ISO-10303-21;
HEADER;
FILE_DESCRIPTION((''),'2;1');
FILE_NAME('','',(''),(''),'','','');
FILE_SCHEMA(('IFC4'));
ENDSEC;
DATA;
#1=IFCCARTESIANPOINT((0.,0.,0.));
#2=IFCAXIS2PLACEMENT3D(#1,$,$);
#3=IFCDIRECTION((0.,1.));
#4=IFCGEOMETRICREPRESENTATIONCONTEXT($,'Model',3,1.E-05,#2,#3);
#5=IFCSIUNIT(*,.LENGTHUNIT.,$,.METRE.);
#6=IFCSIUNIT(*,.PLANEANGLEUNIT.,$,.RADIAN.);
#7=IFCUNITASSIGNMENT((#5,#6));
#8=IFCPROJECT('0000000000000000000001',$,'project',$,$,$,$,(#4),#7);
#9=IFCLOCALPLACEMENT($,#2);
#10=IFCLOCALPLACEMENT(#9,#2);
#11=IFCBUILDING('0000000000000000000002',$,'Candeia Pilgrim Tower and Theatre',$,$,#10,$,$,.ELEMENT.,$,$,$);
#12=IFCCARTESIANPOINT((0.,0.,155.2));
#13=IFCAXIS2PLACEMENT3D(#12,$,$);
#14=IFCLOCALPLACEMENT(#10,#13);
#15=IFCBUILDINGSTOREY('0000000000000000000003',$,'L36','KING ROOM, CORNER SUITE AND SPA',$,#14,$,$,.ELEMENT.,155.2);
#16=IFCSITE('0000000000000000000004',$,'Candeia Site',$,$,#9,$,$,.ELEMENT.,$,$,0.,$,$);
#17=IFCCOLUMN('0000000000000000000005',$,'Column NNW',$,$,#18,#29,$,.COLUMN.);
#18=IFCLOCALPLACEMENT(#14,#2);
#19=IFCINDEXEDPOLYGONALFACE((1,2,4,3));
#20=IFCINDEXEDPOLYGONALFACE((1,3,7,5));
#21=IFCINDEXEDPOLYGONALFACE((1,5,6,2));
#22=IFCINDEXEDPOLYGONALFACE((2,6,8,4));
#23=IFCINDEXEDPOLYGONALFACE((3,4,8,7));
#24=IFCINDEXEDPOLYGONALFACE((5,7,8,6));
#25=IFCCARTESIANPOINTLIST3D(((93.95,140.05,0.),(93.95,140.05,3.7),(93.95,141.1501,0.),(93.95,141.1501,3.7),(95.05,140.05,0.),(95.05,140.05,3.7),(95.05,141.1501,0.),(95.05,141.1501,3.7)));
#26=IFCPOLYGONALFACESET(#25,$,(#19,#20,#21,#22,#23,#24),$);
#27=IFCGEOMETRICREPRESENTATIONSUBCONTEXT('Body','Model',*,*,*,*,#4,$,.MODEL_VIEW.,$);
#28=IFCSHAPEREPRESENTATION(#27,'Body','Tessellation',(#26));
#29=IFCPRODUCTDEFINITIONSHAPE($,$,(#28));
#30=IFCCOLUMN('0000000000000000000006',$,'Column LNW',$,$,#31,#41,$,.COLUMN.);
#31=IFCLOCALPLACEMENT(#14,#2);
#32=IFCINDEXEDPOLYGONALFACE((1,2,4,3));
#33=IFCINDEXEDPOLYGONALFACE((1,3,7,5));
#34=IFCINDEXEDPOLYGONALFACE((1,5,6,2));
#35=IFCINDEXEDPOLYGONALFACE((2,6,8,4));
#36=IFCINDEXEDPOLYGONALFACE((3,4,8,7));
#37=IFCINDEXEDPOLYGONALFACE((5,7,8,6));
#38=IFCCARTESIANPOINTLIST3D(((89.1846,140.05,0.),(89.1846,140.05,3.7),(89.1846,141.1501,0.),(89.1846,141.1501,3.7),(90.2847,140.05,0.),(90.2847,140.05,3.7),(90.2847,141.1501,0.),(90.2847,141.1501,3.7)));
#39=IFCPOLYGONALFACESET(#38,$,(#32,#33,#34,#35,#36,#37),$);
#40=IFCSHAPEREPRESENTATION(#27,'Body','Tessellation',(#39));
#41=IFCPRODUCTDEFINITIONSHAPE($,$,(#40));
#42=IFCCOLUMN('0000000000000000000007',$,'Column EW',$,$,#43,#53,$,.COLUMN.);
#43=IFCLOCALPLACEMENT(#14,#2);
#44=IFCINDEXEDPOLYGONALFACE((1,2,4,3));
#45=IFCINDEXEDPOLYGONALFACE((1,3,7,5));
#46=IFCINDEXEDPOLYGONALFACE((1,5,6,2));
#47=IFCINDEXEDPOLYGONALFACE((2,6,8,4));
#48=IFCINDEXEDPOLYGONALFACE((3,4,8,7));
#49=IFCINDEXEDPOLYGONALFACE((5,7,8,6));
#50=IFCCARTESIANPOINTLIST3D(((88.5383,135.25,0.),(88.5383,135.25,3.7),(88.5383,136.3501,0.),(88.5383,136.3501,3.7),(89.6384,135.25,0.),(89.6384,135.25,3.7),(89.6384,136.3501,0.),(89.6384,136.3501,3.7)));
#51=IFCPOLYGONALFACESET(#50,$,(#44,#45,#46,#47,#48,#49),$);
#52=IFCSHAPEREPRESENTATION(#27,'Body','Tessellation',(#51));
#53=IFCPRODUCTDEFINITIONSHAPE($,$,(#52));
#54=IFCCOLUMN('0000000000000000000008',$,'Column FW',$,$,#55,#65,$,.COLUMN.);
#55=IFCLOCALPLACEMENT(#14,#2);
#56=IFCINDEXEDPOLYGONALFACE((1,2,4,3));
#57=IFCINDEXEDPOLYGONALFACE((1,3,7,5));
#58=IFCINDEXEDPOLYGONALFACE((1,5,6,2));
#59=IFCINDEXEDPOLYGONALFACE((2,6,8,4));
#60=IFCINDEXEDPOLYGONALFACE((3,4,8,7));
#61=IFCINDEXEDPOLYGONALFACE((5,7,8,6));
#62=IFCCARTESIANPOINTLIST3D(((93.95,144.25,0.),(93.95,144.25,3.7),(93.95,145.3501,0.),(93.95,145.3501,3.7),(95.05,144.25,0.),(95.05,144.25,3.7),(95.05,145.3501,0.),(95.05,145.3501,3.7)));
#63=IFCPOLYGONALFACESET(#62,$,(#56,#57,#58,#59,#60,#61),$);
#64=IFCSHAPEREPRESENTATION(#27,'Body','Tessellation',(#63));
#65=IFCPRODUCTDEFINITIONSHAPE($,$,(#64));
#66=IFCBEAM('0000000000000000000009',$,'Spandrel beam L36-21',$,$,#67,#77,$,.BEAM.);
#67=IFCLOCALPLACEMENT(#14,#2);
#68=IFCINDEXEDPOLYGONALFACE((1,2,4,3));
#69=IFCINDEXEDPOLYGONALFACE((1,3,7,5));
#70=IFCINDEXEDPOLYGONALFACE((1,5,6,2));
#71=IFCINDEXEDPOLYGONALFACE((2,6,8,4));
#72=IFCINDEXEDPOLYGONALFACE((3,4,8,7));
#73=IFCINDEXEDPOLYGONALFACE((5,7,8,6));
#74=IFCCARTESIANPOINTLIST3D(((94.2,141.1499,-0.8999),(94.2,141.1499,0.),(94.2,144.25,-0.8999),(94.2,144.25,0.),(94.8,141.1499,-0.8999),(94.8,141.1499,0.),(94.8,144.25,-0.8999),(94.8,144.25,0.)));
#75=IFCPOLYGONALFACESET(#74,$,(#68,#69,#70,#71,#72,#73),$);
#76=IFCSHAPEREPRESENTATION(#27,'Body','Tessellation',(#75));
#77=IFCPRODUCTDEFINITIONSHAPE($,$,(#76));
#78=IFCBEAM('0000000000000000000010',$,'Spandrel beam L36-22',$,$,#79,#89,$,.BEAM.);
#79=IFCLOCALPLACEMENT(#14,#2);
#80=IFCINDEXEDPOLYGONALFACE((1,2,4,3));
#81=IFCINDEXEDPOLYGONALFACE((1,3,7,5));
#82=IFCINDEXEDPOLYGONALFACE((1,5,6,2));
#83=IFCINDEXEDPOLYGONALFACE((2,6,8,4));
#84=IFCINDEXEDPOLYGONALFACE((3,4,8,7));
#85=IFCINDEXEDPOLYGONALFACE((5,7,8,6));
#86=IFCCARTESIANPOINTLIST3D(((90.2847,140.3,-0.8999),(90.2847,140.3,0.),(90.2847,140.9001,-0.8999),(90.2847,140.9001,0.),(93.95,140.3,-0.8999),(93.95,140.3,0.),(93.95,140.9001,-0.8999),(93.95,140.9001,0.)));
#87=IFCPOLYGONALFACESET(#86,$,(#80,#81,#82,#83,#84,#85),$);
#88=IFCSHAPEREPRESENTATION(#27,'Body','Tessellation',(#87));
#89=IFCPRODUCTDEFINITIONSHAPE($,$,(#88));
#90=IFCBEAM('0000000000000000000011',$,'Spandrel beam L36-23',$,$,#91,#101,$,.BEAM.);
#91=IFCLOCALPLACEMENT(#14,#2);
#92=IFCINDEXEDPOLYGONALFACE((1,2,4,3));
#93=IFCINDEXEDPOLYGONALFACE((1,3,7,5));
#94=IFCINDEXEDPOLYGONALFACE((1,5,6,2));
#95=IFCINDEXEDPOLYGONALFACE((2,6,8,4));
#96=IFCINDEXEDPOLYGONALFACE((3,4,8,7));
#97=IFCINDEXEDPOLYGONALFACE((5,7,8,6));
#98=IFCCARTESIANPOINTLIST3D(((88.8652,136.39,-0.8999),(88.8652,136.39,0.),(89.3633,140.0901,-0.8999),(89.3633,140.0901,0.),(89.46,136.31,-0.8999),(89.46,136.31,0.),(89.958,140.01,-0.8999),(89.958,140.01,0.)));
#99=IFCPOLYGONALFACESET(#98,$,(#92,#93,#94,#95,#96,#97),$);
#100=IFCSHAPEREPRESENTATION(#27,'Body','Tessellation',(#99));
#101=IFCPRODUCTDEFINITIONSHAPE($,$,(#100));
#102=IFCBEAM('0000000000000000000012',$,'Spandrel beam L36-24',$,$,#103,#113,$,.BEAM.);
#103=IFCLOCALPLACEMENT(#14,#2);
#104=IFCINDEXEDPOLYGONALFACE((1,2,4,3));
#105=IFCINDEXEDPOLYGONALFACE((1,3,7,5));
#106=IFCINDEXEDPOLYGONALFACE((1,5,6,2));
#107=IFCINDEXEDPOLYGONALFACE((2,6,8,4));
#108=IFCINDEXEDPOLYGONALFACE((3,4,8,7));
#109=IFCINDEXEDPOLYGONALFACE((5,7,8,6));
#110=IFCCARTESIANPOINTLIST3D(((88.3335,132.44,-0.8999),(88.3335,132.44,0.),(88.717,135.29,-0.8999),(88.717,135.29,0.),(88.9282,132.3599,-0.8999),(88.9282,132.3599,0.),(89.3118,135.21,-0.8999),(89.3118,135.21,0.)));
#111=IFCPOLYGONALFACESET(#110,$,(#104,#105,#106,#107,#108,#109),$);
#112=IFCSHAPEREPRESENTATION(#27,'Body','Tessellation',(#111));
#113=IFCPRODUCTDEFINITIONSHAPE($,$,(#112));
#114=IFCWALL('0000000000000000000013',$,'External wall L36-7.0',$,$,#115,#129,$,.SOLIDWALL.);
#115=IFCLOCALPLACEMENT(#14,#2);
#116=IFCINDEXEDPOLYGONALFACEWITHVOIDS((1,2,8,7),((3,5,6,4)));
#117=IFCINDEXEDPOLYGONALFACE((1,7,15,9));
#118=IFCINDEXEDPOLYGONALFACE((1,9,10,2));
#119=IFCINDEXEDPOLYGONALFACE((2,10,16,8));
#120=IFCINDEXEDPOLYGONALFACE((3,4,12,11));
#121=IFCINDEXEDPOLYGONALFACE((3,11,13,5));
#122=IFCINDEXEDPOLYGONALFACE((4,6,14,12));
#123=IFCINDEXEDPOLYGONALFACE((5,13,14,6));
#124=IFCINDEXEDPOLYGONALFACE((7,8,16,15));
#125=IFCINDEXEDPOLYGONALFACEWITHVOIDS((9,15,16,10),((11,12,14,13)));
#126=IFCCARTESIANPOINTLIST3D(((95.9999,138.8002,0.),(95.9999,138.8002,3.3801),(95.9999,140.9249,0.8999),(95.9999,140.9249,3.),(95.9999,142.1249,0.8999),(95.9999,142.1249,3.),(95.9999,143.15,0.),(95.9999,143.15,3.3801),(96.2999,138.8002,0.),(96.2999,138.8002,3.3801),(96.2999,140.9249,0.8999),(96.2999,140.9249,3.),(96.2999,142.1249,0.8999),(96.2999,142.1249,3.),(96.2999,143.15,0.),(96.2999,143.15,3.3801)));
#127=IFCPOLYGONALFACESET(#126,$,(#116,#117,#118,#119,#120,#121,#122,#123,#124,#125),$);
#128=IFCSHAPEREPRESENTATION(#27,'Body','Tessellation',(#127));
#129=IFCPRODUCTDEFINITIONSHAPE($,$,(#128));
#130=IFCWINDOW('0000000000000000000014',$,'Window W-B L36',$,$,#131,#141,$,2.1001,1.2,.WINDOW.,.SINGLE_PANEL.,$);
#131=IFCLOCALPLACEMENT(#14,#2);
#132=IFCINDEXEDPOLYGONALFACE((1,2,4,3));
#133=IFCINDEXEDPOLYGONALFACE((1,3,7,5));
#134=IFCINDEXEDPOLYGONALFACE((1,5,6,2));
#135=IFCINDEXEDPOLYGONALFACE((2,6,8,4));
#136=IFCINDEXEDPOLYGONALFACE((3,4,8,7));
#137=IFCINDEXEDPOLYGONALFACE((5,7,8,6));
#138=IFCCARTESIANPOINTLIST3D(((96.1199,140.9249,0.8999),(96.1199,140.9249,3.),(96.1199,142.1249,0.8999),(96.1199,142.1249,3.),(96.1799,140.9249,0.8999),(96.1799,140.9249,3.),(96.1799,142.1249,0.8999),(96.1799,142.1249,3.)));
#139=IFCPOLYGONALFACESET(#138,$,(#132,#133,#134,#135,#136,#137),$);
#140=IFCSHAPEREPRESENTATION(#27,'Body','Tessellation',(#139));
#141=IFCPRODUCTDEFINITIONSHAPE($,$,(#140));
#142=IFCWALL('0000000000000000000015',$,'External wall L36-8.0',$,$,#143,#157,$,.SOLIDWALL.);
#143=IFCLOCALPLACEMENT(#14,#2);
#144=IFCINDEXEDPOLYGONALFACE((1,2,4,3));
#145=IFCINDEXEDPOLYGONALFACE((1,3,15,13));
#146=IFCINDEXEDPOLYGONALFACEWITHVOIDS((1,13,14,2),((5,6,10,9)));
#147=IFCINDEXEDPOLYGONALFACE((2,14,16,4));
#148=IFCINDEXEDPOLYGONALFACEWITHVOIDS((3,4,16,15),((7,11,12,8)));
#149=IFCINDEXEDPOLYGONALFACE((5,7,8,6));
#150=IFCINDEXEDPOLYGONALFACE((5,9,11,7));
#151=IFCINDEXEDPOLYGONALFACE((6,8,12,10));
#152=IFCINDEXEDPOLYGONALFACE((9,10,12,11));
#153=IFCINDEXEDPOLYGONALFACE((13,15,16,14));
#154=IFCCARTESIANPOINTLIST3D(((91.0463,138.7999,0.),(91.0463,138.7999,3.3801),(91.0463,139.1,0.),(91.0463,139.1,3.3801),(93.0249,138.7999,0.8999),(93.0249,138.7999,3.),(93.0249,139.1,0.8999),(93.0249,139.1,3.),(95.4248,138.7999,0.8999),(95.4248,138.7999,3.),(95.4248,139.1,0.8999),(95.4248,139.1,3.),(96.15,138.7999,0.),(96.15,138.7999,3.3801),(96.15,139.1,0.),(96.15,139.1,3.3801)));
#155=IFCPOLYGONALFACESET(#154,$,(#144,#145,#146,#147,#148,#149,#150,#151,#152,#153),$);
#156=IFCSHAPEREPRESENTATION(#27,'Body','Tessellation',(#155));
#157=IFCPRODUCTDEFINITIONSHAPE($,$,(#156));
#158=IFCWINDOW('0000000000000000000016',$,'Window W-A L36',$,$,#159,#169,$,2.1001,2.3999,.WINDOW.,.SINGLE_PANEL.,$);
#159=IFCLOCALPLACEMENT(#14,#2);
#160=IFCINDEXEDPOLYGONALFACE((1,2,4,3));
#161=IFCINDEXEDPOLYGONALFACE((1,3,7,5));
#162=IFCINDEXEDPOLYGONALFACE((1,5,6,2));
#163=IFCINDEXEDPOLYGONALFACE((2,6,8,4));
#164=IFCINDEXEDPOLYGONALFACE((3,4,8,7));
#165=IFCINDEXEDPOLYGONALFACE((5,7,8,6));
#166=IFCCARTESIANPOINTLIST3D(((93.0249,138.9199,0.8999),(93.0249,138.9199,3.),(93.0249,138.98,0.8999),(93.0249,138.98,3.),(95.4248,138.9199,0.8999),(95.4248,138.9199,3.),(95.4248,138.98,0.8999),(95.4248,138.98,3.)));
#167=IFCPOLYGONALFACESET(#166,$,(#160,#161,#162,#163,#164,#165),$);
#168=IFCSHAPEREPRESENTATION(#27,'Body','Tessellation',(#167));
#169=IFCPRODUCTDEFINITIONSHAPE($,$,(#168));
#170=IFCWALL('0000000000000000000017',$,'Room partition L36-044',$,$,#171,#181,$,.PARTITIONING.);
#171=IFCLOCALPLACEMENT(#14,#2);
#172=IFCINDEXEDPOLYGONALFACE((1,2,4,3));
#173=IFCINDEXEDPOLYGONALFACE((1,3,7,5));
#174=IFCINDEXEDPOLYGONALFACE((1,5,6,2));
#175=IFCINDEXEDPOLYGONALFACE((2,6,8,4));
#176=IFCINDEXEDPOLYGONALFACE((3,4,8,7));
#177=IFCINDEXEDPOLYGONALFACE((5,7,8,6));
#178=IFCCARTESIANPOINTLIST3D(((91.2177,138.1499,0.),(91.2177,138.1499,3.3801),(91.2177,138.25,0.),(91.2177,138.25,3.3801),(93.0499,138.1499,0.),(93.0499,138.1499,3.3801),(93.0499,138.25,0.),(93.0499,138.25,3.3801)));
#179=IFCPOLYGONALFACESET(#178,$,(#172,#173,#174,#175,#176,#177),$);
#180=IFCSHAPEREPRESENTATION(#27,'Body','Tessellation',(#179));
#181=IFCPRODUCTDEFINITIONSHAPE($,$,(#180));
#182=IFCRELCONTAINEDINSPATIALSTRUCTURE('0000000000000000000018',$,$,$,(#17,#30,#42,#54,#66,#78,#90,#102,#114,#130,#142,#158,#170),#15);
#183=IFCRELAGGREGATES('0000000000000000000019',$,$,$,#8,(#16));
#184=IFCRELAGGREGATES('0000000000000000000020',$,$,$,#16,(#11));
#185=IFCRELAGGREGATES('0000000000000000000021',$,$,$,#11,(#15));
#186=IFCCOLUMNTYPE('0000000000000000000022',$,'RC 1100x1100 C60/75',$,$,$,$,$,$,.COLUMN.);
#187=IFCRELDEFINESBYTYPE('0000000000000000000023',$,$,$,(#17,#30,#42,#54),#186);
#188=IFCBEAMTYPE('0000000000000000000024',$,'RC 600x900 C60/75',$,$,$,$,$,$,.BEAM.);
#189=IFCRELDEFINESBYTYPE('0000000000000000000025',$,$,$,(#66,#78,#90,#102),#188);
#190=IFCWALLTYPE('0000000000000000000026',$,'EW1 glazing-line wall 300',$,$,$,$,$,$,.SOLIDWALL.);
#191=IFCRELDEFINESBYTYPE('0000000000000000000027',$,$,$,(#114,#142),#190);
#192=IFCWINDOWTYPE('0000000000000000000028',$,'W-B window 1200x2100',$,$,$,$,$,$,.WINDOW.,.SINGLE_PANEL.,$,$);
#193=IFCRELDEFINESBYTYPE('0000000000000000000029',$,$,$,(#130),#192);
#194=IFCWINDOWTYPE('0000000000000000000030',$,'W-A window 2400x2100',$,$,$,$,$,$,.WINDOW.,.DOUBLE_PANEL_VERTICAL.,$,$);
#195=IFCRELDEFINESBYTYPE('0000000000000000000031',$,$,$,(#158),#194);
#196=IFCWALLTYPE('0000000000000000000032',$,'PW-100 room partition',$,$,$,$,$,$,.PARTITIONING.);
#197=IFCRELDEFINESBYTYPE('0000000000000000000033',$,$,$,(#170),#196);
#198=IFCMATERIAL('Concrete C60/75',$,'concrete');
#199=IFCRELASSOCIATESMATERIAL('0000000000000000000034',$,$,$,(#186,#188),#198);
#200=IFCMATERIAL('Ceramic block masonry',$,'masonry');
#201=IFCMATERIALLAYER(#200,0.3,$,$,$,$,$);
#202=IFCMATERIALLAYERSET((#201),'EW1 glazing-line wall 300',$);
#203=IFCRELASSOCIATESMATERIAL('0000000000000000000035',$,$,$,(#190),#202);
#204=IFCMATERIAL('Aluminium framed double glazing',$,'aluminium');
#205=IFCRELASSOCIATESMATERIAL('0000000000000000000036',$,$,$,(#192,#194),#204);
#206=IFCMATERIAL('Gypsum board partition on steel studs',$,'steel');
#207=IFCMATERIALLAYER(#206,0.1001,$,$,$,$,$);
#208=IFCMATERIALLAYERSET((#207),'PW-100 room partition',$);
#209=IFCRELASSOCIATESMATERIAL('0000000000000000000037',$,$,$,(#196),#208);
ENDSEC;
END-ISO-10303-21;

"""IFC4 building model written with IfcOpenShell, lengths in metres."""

from ifc_helpers import new_model, si_unit, direction, frame, frame_2d, origin, origin_2d, place, context, subcontext, project, spatial, rectangle, extrude, material, layer, layer_set, material_profile, profile_set, type_object, element, fill, save


model = new_model("IFC4")

# Units and contexts
model_context = context("Model", 3, precision=1e-05, world=origin(), true_north=direction((0.0, 1.0)))
body_context = subcontext(model_context, "Body", "Model", "MODEL_VIEW")
ifc_project = project(units=[si_unit("LENGTHUNIT", "METRE"), si_unit("PLANEANGLEUNIT", "RADIAN")], contexts=[model_context])

# Site, building, storey
site_placement = place(None, origin())
site = spatial("IfcSite", under=ifc_project, at=site_placement, Name="Candeia Site", CompositionType="ELEMENT", RefElevation=0.0)
building_placement = place(site_placement, origin())
building = spatial("IfcBuilding", under=site, at=building_placement, Name="Candeia Pilgrim Tower and Theatre", CompositionType="ELEMENT")
storey_placement = place(building_placement, frame((0.0, 0.0, 155.2)))
storey = spatial("IfcBuildingStorey", under=building, at=storey_placement, Name="L36", Description="KING ROOM, CORNER SUITE AND SPA", CompositionType="ELEMENT", Elevation=155.2)

# Columns
ifc_material_1 = material(Name="Concrete C60/75", Category="concrete")
ifc_material_profile_1 = material_profile(ifc_material_1, rectangle(XDim=1.1001, YDim=1.1001, at=origin_2d()))
ifc_profile_set_1 = profile_set([ifc_material_profile_1], Name="Concrete C60/75")
column_type = type_object("IfcColumnType", Name="RC 1100x1100 C60/75", PredefinedType="COLUMN", material=ifc_profile_set_1)
for number, where, z_axis, x_axis, name in (
    (1, (94.5, 140.6001, 0.0), (0.0, 0.0, 1.0), (1.0, 0.0, 0.0), "Column NNW"),
    (2, (89.7346, 140.6001, 0.0), (0.0, 0.0, 1.0), (1.0, 0.0, 0.0), "Column LNW"),
    (3, (89.0884, 135.8, 0.0), (0.0, 0.0, 1.0), (1.0, 0.0, 0.0), "Column EW"),
    (4, (94.5, 144.8, 0.0), (0.0, 0.0, 1.0), (1.0, 0.0, 0.0), "Column FW"),
):
    element("IfcColumn", number, at=place(storey_placement, frame(where, z_axis=z_axis, x_axis=x_axis)), inside=storey, type_object=column_type, Name=name, PredefinedType="COLUMN", context=body_context, shape_type="SweptSolid", body=[
        extrude(rectangle(XDim=1.1001, YDim=1.1001, at=origin_2d()), origin(), (0.0, 0.0, 1.0), 3.7),
    ])

# Beams
ifc_material_profile_2 = material_profile(ifc_material_1, rectangle(XDim=0.6001, YDim=0.8999, at=origin_2d()))
ifc_profile_set_2 = profile_set([ifc_material_profile_2], Name="Concrete C60/75")
beam_type = type_object("IfcBeamType", Name="RC 600x900 C60/75", PredefinedType="BEAM", material=ifc_profile_set_2)
beam_1_placement = place(storey_placement, frame((94.5, 144.25, -0.45), z_axis=(0.0, -1.0, 0.0), x_axis=(1.0, 0.0, 0.0)))
element("IfcBeam", 5, at=beam_1_placement, inside=storey, type_object=beam_type, Name="Spandrel beam L36-21", PredefinedType="BEAM", context=body_context, shape_type="SweptSolid", body=[
    extrude(rectangle(XDim=0.6001, YDim=0.8999, at=origin_2d()), origin(), (0.0, 0.0, 1.0), 3.1001),
])
beam_2_placement = place(storey_placement, frame((93.95, 140.6001, -0.45), z_axis=(-1.0, 0.0, 0.0), x_axis=(0.0, -1.0, 0.0)))
element("IfcBeam", 6, at=beam_2_placement, inside=storey, type_object=beam_type, Name="Spandrel beam L36-22", PredefinedType="BEAM", context=body_context, shape_type="SweptSolid", body=[
    extrude(rectangle(XDim=0.6001, YDim=0.8999, at=origin_2d()), origin(), (0.0, 0.0, 1.0), 3.6653),
])
beam_3_placement = place(storey_placement, frame((89.6606, 140.05, -0.45), z_axis=(-0.133406, -0.991061, 0.0), x_axis=(0.991061, -0.133406, 0.0)))
element("IfcBeam", 7, at=beam_3_placement, inside=storey, type_object=beam_type, Name="Spandrel beam L36-23", PredefinedType="BEAM", context=body_context, shape_type="SweptSolid", body=[
    extrude(rectangle(XDim=0.6001, YDim=0.8999, at=origin_2d()), origin(), (0.0, 0.0, 1.0), 3.7334),
])
beam_4_placement = place(storey_placement, frame((89.0144, 135.25, -0.45), z_axis=(-0.13337, -0.991066, 0.0), x_axis=(0.991066, -0.13337, 0.0)))
element("IfcBeam", 8, at=beam_4_placement, inside=storey, type_object=beam_type, Name="Spandrel beam L36-24", PredefinedType="BEAM", context=body_context, shape_type="SweptSolid", body=[
    extrude(rectangle(XDim=0.6001, YDim=0.8999, at=origin_2d()), origin(), (0.0, 0.0, 1.0), 2.8757),
])

# Walls, openings, windows
ifc_material_2 = material(Name="Ceramic block masonry", Category="masonry")
ifc_layer_1 = layer(ifc_material_2, 0.3)
ifc_layer_set_1 = layer_set([ifc_layer_1], Name="EW1 glazing-line wall 300")
wall_type_1 = type_object("IfcWallType", Name="EW1 glazing-line wall 300", PredefinedType="SOLIDWALL", material=ifc_layer_set_1)
wall_1_placement = place(storey_placement, frame((96.1499, 143.1499, 0.0), z_axis=(0.0, 0.0, 1.0), x_axis=(0.0, -1.0, 0.0)))
wall_1 = element("IfcWall", 9, at=wall_1_placement, inside=storey, type_object=wall_type_1, Name="External wall L36-7.0", PredefinedType="SOLIDWALL", context=body_context, shape_type="SweptSolid", body=[
    extrude(rectangle(XDim=4.3499, YDim=0.3, at=frame_2d((2.1748, 0.0))), origin(), (0.0, 0.0, 1.0), 3.3801),
])
opening_1_placement = place(wall_1_placement, frame((1.0249, 0.0, 0.8999)))
opening_1 = element("IfcOpeningElement", 10, at=opening_1_placement, cuts=wall_1, PredefinedType="OPENING", context=body_context, shape_type="SweptSolid", body=[
    extrude(rectangle(XDim=1.2, YDim=2.1001, at=frame_2d((0.6001, 1.05))), frame((0.0, 0.1602, 0.0), z_axis=(0.0, -1.0, 0.0), x_axis=(1.0, 0.0, 0.0)), (0.0, 0.0, 1.0), 0.3201),
])
ifc_material_3 = material(Name="Aluminium framed double glazing", Category="aluminium")
window_type_1 = type_object("IfcWindowType", Name="W-B window 1200x2100", PartitioningType="SINGLE_PANEL", PredefinedType="WINDOW", material=ifc_material_3)
window_1_placement = place(opening_1_placement, origin())
window_1 = element("IfcWindow", 11, at=window_1_placement, inside=storey, type_object=window_type_1, Name="Window W-B L36", OverallHeight=2.1001, OverallWidth=1.2, PartitioningType="SINGLE_PANEL", PredefinedType="WINDOW", context=body_context, shape_type="SweptSolid", body=[
    extrude(rectangle(XDim=1.2, YDim=2.1001, at=frame_2d((0.6001, 1.05))), frame((0.0, 0.03, 0.0), z_axis=(0.0, -1.0, 0.0), x_axis=(1.0, 0.0, 0.0)), (0.0, 0.0, 1.0), 0.0601),
])
fill(opening_1, window_1)
wall_2_placement = place(storey_placement, frame((96.1499, 138.95, 0.0), z_axis=(0.0, 0.0, 1.0), x_axis=(-1.0, 0.0, 0.0)))
wall_2 = element("IfcWall", 12, at=wall_2_placement, inside=storey, type_object=wall_type_1, Name="External wall L36-8.0", PredefinedType="SOLIDWALL", context=body_context, shape_type="SweptSolid", body=[
    extrude(rectangle(XDim=5.1038, YDim=0.3, at=frame_2d((2.5518, 0.0))), origin(), (0.0, 0.0, 1.0), 3.3801),
])
opening_2_placement = place(wall_2_placement, frame((0.7251, 0.0, 0.8999)))
opening_2 = element("IfcOpeningElement", 13, at=opening_2_placement, cuts=wall_2, PredefinedType="OPENING", context=body_context, shape_type="SweptSolid", body=[
    extrude(rectangle(XDim=2.3999, YDim=2.1001, at=frame_2d((1.2, 1.05))), frame((0.0, 0.1602, 0.0), z_axis=(0.0, -1.0, 0.0), x_axis=(1.0, 0.0, 0.0)), (0.0, 0.0, 1.0), 0.3201),
])
window_type_2 = type_object("IfcWindowType", Name="W-A window 2400x2100", PartitioningType="DOUBLE_PANEL_VERTICAL", PredefinedType="WINDOW", material=ifc_material_3)
window_2_placement = place(opening_2_placement, origin())
window_2 = element("IfcWindow", 14, at=window_2_placement, inside=storey, type_object=window_type_2, Name="Window W-A L36", OverallHeight=2.1001, OverallWidth=2.3999, PartitioningType="SINGLE_PANEL", PredefinedType="WINDOW", context=body_context, shape_type="SweptSolid", body=[
    extrude(rectangle(XDim=2.3999, YDim=2.1001, at=frame_2d((1.2, 1.05))), frame((0.0, 0.03, 0.0), z_axis=(0.0, -1.0, 0.0), x_axis=(1.0, 0.0, 0.0)), (0.0, 0.0, 1.0), 0.0601),
])
fill(opening_2, window_2)

# Wall
ifc_material_4 = material(Name="Gypsum board partition on steel studs", Category="steel")
ifc_layer_2 = layer(ifc_material_4, 0.1001)
ifc_layer_set_2 = layer_set([ifc_layer_2], Name="PW-100 room partition")
wall_type_2 = type_object("IfcWallType", Name="PW-100 room partition", PredefinedType="PARTITIONING", material=ifc_layer_set_2)
wall_3_placement = place(storey_placement, frame((91.2178, 138.2, 0.0), z_axis=(0.0, 0.0, 1.0), x_axis=(1.0, 0.0, 0.0)))
element("IfcWall", 15, at=wall_3_placement, inside=storey, type_object=wall_type_2, Name="Room partition L36-044", PredefinedType="PARTITIONING", context=body_context, shape_type="SweptSolid", body=[
    extrude(rectangle(XDim=1.8323, YDim=0.1001, at=frame_2d((0.916, 0.0))), origin(), (0.0, 0.0, 1.0), 3.3801),
])

save(model, "model.ifc")
